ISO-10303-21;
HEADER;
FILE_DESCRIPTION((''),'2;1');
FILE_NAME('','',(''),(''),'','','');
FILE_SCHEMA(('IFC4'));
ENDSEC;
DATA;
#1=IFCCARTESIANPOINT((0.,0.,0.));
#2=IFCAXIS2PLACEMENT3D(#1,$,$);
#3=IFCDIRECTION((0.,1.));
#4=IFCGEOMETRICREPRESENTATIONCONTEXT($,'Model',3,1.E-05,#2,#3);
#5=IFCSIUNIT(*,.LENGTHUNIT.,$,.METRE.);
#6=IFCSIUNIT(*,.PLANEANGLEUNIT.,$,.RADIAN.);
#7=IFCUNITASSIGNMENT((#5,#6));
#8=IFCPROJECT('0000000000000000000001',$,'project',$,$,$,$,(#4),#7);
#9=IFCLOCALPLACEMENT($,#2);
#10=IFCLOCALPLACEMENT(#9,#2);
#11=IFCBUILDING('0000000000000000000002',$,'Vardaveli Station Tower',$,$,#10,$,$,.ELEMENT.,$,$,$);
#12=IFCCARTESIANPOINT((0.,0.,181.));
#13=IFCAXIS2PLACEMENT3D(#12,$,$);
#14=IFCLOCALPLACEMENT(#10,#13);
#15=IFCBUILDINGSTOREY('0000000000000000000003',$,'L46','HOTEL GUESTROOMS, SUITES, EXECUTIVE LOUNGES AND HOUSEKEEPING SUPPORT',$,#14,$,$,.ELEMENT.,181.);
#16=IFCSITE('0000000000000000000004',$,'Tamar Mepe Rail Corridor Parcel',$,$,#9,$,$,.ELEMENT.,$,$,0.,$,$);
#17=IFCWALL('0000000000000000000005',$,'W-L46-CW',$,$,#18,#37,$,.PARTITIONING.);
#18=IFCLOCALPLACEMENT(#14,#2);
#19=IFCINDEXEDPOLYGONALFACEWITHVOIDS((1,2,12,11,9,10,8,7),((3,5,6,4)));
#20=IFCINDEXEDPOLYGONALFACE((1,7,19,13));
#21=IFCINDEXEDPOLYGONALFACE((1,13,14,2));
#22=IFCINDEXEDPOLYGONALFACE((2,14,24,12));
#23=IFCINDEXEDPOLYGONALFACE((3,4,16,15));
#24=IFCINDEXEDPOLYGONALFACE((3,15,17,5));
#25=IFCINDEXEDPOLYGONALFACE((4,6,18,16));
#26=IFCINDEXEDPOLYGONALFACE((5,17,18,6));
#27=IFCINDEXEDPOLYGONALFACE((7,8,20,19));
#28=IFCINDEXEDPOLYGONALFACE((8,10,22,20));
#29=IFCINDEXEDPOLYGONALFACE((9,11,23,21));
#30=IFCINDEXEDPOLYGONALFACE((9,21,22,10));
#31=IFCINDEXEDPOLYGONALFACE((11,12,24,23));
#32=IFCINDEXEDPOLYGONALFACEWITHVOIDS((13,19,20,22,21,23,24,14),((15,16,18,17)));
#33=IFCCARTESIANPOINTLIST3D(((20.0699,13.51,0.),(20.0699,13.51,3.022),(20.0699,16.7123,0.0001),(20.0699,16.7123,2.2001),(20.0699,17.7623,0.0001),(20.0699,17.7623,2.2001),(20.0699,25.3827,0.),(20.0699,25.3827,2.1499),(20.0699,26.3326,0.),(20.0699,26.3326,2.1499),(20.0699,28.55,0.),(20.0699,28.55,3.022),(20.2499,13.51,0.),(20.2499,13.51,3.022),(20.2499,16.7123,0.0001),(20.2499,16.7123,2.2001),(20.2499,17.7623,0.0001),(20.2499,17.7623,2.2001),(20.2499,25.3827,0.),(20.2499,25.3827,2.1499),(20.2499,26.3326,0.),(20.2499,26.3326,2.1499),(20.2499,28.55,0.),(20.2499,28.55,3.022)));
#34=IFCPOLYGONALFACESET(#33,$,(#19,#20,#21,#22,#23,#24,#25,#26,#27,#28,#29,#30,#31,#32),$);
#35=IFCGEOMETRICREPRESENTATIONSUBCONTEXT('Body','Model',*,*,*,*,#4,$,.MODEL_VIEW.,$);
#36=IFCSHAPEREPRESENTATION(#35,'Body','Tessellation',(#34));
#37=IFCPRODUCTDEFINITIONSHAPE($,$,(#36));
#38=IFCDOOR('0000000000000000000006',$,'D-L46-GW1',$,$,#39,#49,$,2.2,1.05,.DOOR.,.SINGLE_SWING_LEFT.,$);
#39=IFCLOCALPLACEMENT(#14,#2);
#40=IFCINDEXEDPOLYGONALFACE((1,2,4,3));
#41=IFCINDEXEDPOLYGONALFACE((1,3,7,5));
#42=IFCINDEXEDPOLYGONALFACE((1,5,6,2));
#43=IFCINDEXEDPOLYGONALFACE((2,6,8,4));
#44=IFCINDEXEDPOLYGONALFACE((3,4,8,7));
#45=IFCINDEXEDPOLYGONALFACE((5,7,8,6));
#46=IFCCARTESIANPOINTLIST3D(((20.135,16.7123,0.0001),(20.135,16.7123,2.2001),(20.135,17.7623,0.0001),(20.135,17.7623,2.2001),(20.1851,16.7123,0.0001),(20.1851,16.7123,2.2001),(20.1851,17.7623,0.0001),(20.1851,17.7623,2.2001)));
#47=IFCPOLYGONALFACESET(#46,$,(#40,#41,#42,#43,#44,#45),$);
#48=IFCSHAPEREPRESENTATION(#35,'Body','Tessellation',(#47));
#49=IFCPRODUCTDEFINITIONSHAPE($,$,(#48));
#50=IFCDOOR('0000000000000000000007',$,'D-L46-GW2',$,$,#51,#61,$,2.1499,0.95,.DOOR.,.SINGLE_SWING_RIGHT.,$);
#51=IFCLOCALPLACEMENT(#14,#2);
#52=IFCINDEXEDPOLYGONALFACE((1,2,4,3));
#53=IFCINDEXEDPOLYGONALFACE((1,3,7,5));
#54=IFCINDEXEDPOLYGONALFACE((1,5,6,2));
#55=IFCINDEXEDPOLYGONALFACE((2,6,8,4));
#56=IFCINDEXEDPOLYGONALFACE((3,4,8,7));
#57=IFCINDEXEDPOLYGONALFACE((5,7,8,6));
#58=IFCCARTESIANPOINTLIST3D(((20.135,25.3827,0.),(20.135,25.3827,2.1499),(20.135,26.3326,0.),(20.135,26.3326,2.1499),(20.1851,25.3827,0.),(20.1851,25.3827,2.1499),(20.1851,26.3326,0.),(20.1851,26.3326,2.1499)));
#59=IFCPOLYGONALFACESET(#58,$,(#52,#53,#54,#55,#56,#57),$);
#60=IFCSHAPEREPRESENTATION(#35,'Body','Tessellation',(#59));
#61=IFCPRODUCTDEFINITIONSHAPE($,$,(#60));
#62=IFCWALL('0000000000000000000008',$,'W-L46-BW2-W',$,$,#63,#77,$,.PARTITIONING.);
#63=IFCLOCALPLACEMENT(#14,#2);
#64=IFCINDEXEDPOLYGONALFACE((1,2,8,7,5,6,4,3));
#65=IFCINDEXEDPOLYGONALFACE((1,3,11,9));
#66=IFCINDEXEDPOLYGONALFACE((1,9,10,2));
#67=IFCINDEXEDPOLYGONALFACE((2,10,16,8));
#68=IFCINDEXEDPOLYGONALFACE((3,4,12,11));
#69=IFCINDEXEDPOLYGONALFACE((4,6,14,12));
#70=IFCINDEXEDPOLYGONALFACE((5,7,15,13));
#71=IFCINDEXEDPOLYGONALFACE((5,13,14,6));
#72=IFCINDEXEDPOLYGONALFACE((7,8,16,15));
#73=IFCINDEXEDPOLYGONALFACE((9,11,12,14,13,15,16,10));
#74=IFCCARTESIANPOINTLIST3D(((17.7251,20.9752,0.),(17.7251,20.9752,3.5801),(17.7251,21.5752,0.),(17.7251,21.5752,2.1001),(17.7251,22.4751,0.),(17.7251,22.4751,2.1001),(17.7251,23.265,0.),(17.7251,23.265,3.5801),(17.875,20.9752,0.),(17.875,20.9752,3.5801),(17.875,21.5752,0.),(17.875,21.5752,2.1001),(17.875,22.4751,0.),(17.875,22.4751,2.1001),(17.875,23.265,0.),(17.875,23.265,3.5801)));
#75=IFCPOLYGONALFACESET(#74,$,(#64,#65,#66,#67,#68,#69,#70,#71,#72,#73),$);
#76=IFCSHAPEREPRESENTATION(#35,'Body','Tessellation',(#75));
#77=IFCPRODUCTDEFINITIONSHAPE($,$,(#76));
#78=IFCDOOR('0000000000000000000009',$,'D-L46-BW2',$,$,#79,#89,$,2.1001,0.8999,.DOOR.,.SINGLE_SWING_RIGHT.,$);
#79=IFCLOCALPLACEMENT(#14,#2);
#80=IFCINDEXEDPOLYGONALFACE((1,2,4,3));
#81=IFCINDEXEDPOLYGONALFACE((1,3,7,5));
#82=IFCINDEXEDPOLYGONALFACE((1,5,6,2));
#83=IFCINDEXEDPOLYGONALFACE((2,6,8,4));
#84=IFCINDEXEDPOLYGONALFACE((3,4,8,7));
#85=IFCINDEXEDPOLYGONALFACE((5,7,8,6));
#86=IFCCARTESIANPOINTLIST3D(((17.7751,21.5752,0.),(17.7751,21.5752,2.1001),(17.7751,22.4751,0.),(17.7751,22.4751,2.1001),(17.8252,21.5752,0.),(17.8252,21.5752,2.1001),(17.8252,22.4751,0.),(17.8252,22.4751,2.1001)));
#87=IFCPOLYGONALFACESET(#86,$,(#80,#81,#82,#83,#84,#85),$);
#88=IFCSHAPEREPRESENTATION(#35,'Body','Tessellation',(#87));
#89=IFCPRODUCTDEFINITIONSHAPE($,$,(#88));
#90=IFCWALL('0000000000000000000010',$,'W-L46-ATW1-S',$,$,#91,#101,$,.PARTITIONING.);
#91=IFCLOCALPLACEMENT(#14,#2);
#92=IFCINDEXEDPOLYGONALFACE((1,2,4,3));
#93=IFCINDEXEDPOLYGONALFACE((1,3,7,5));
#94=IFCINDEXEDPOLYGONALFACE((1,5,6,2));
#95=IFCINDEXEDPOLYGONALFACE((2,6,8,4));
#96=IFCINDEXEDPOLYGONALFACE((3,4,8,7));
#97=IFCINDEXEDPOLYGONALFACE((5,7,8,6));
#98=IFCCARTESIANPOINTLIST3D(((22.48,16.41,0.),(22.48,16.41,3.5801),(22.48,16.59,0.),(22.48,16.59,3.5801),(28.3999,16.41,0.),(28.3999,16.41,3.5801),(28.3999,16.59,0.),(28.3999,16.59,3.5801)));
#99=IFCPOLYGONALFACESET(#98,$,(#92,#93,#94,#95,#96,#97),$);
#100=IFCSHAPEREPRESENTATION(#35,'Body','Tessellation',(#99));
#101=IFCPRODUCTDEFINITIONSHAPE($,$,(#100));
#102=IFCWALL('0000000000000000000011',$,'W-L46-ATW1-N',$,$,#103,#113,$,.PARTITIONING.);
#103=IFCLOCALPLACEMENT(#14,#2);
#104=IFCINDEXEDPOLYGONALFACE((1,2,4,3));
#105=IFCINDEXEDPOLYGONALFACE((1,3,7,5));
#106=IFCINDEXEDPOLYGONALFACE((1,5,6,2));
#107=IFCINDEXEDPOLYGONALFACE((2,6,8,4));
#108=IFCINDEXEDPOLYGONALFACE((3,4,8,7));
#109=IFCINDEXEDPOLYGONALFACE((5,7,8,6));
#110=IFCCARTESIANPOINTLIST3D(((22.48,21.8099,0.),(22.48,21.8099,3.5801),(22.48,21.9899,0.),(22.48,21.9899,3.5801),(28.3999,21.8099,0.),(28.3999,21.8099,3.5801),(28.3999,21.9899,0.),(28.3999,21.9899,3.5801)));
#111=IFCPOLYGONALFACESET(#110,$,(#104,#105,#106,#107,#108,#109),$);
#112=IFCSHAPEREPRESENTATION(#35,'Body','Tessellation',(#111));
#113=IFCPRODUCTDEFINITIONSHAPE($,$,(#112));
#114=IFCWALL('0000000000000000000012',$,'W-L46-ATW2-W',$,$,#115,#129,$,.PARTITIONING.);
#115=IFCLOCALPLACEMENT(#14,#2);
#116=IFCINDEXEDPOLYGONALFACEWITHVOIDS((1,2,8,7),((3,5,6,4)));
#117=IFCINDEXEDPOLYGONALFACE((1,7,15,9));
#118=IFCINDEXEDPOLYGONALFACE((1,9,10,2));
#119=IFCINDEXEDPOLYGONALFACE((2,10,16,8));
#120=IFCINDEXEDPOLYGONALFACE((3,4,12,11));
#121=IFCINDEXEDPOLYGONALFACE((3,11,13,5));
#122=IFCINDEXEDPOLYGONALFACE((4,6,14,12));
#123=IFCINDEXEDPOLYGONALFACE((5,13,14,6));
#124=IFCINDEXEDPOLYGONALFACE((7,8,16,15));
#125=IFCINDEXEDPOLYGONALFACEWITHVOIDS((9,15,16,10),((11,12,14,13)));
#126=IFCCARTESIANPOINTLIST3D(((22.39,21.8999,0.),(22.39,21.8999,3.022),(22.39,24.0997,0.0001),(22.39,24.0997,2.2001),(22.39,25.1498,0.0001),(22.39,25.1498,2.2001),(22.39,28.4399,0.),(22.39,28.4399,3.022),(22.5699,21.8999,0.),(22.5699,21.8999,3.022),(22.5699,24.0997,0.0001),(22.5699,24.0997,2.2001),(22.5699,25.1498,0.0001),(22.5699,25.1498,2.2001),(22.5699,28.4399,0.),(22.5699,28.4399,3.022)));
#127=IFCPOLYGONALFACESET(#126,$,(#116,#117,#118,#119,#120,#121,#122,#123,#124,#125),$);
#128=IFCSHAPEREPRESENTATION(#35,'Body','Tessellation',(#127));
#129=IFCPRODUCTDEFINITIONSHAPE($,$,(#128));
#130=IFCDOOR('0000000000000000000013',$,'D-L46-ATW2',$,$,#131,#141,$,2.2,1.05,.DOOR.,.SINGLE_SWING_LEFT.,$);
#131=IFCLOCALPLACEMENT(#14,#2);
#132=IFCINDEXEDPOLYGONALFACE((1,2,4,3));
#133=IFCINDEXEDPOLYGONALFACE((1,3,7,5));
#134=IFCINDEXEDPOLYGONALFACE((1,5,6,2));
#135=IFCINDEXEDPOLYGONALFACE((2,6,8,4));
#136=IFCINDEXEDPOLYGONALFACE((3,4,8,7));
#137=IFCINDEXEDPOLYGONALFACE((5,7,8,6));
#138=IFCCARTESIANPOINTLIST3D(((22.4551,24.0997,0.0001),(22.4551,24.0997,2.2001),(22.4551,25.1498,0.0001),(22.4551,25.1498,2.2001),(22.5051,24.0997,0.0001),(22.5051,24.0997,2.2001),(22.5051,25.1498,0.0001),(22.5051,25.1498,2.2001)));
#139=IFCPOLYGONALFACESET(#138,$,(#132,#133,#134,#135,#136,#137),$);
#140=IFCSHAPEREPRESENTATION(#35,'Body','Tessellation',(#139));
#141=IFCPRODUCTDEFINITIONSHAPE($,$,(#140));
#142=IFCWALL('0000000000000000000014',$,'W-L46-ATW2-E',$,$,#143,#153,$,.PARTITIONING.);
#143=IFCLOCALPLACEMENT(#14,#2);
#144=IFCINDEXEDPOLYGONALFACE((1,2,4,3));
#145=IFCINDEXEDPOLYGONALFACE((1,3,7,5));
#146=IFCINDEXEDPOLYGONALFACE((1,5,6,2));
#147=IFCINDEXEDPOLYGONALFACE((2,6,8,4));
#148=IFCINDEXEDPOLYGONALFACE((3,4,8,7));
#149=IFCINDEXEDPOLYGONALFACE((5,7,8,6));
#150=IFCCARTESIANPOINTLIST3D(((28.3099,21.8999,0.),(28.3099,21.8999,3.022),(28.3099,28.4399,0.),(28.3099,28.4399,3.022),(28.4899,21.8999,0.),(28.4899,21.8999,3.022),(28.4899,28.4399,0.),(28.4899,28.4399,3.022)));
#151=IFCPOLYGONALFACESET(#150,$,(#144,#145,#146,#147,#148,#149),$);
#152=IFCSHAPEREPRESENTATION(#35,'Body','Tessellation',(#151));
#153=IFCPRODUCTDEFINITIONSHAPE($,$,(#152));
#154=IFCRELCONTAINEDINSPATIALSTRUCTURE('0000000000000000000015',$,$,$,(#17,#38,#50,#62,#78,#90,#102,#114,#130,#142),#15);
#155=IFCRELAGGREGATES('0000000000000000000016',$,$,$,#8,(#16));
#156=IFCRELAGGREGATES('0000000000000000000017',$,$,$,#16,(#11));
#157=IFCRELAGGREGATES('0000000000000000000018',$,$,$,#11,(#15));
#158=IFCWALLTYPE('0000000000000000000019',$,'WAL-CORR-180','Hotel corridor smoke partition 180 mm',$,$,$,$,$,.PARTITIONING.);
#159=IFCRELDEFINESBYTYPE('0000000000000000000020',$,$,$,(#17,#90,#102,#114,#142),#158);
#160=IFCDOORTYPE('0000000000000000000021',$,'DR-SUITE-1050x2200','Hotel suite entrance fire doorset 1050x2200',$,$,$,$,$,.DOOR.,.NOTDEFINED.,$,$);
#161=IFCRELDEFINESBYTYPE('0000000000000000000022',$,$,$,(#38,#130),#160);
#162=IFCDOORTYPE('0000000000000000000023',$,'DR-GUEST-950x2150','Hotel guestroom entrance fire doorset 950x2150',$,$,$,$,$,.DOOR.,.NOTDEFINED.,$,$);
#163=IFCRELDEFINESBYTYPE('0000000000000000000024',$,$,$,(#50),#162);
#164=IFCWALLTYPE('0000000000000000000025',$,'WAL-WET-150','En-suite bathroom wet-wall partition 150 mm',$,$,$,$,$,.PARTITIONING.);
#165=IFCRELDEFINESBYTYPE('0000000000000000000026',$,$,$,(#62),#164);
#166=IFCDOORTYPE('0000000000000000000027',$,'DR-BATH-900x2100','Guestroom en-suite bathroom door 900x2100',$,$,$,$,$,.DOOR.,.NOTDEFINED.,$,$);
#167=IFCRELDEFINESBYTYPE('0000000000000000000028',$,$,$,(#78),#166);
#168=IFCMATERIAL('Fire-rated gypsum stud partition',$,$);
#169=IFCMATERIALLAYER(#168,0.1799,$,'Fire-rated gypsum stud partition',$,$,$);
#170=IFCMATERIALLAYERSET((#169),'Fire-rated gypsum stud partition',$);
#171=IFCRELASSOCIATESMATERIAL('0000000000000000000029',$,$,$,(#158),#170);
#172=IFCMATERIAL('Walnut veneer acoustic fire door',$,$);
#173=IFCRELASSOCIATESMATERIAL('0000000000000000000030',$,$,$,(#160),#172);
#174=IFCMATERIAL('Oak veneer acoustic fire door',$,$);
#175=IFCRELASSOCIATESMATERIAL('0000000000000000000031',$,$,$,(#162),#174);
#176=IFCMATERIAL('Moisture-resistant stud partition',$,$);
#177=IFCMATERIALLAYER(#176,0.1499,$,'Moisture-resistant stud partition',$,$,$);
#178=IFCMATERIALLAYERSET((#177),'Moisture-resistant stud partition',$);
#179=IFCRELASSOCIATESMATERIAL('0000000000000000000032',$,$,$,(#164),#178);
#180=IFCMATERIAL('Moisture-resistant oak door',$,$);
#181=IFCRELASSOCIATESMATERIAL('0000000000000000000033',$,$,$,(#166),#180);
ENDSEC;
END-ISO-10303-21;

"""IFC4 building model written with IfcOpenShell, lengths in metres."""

from ifc_helpers import new_model, si_unit, direction, frame, frame_2d, origin, place, context, subcontext, project, spatial, rectangle, extrude, source, transform, mapped, material, layer, layer_set, type_object, element, fill, save


model = new_model("IFC4")

# Units and contexts
model_context = context("Model", 3, precision=1e-05, world=origin(), true_north=direction((0.0, 1.0)))
body_context = subcontext(model_context, "Body", "Model", "MODEL_VIEW")
ifc_project = project(units=[si_unit("LENGTHUNIT", "METRE"), si_unit("PLANEANGLEUNIT", "RADIAN")], contexts=[model_context])

# Site, building, storey
site_placement = place(None, origin())
site = spatial("IfcSite", under=ifc_project, at=site_placement, Name="Tamar Mepe Rail Corridor Parcel", CompositionType="ELEMENT", RefElevation=0.0)
building_placement = place(site_placement, origin())
building = spatial("IfcBuilding", under=site, at=building_placement, Name="Vardaveli Station Tower", CompositionType="ELEMENT")
storey_placement = place(building_placement, frame((0.0, 0.0, 181.0)))
storey = spatial("IfcBuildingStorey", under=building, at=storey_placement, Name="L46", Description="HOTEL GUESTROOMS, SUITES, EXECUTIVE LOUNGES AND HOUSEKEEPING SUPPORT", CompositionType="ELEMENT", Elevation=181.0)

# Wall, openings, doors
ifc_material_1 = material(Name="Fire-rated gypsum stud partition")
ifc_layer_1 = layer(ifc_material_1, 0.1799, Name="Fire-rated gypsum stud partition")
ifc_layer_set_1 = layer_set([ifc_layer_1], Name="Fire-rated gypsum stud partition")
wall_type_1 = type_object("IfcWallType", Name="WAL-CORR-180", Description="Hotel corridor smoke partition 180 mm", PredefinedType="PARTITIONING", material=ifc_layer_set_1)
shared_shape_1 = source(origin(), body_context, "Body", "SweptSolid", [
    extrude(rectangle(XDim=15.04, YDim=0.1799, at=frame_2d((7.52, 0.0))), origin(), (0.0, 0.0, 1.0), 3.022),
])
wall_1_placement = place(storey_placement, frame((20.1599, 13.51, 0.0), z_axis=(0.0, 0.0, 1.0), x_axis=(0.0, 1.0, 0.0)))
wall_1 = element("IfcWall", 1, at=wall_1_placement, inside=storey, type_object=wall_type_1, Name="W-L46-CW", PredefinedType="PARTITIONING", context=body_context, shape_type="MappedRepresentation", body=[
    mapped(shared_shape_1, transform((0.0, 0.0, 0.0), scale=1.0)),
])
shared_shape_2 = source(origin(), body_context, "Body", "SweptSolid", [
    extrude(rectangle(XDim=1.05, YDim=2.2, at=frame_2d((0.5249, 1.1001))), frame((0.0, 0.1001, 0.0), z_axis=(0.0, -1.0, 0.0), x_axis=(1.0, 0.0, 0.0)), (0.0, 0.0, 1.0), 0.2),
])
opening_1_placement = place(wall_1_placement, frame((3.2024, 0.0, 0.0)))
opening_1 = element("IfcOpeningElement", 2, at=opening_1_placement, cuts=wall_1, PredefinedType="OPENING", context=body_context, shape_type="MappedRepresentation", body=[
    mapped(shared_shape_2, transform((0.0, 0.0, 0.0), scale=1.0)),
])
shared_shape_3 = source(origin(), body_context, "Body", "SweptSolid", [
    extrude(rectangle(XDim=0.95, YDim=2.1499, at=frame_2d((0.4751, 1.075))), frame((0.0, 0.1001, 0.0), z_axis=(0.0, -1.0, 0.0), x_axis=(1.0, 0.0, 0.0)), (0.0, 0.0, 1.0), 0.2),
])
opening_2_placement = place(wall_1_placement, frame((11.8726, 0.0, 0.0)))
opening_2 = element("IfcOpeningElement", 3, at=opening_2_placement, cuts=wall_1, PredefinedType="OPENING", context=body_context, shape_type="MappedRepresentation", body=[
    mapped(shared_shape_3, transform((0.0, 0.0, 0.0), scale=1.0)),
])
ifc_material_2 = material(Name="Walnut veneer acoustic fire door")
door_type_1 = type_object("IfcDoorType", Name="DR-SUITE-1050x2200", Description="Hotel suite entrance fire doorset 1050x2200", OperationType="NOTDEFINED", PredefinedType="DOOR", material=ifc_material_2)
shared_shape_4 = source(origin(), body_context, "Body", "SweptSolid", [
    extrude(rectangle(XDim=1.05, YDim=2.2, at=frame_2d((0.5249, 1.1001))), frame((0.0, 0.0249, 0.0), z_axis=(0.0, -1.0, 0.0), x_axis=(1.0, 0.0, 0.0)), (0.0, 0.0, 1.0), 0.05),
])
door_1_placement = place(opening_1_placement, origin())
door_1 = element("IfcDoor", 4, at=door_1_placement, inside=storey, type_object=door_type_1, Name="D-L46-GW1", OperationType="SINGLE_SWING_LEFT", OverallHeight=2.2, OverallWidth=1.05, PredefinedType="DOOR", context=body_context, shape_type="MappedRepresentation", body=[
    mapped(shared_shape_4, transform((0.0, 0.0, 0.0), scale=1.0)),
])
fill(opening_1, door_1)
ifc_material_3 = material(Name="Oak veneer acoustic fire door")
door_type_2 = type_object("IfcDoorType", Name="DR-GUEST-950x2150", Description="Hotel guestroom entrance fire doorset 950x2150", OperationType="NOTDEFINED", PredefinedType="DOOR", material=ifc_material_3)
shared_shape_5 = source(origin(), body_context, "Body", "SweptSolid", [
    extrude(rectangle(XDim=0.95, YDim=2.1499, at=frame_2d((0.4751, 1.075))), frame((0.0, 0.0249, 0.0), z_axis=(0.0, -1.0, 0.0), x_axis=(1.0, 0.0, 0.0)), (0.0, 0.0, 1.0), 0.05),
])
door_2_placement = place(opening_2_placement, origin())
door_2 = element("IfcDoor", 5, at=door_2_placement, inside=storey, type_object=door_type_2, Name="D-L46-GW2", OperationType="SINGLE_SWING_RIGHT", OverallHeight=2.1499, OverallWidth=0.95, PredefinedType="DOOR", context=body_context, shape_type="MappedRepresentation", body=[
    mapped(shared_shape_5, transform((0.0, 0.0, 0.0), scale=1.0)),
])
fill(opening_2, door_2)

# Wall, opening, door
ifc_material_4 = material(Name="Moisture-resistant stud partition")
ifc_layer_2 = layer(ifc_material_4, 0.1499, Name="Moisture-resistant stud partition")
ifc_layer_set_2 = layer_set([ifc_layer_2], Name="Moisture-resistant stud partition")
wall_type_2 = type_object("IfcWallType", Name="WAL-WET-150", Description="En-suite bathroom wet-wall partition 150 mm", PredefinedType="PARTITIONING", material=ifc_layer_set_2)
shared_shape_6 = source(origin(), body_context, "Body", "SweptSolid", [
    extrude(rectangle(XDim=2.2898, YDim=0.1499, at=frame_2d((1.145, 0.0))), origin(), (0.0, 0.0, 1.0), 3.5801),
])
wall_2_placement = place(storey_placement, frame((17.8, 20.9751, 0.0), z_axis=(0.0, 0.0, 1.0), x_axis=(0.0, 1.0, 0.0)))
wall_2 = element("IfcWall", 6, at=wall_2_placement, inside=storey, type_object=wall_type_2, Name="W-L46-BW2-W", PredefinedType="PARTITIONING", context=body_context, shape_type="MappedRepresentation", body=[
    mapped(shared_shape_6, transform((0.0, 0.0, 0.0), scale=1.0)),
])
shared_shape_7 = source(origin(), body_context, "Body", "SweptSolid", [
    extrude(rectangle(XDim=0.8999, YDim=2.1001, at=frame_2d((0.45, 1.05))), frame((0.0, 0.085, 0.0), z_axis=(0.0, -1.0, 0.0), x_axis=(1.0, 0.0, 0.0)), (0.0, 0.0, 1.0), 0.1699),
])
opening_3_placement = place(wall_2_placement, frame((0.6001, 0.0, 0.0)))
opening_3 = element("IfcOpeningElement", 7, at=opening_3_placement, cuts=wall_2, PredefinedType="OPENING", context=body_context, shape_type="MappedRepresentation", body=[
    mapped(shared_shape_7, transform((0.0, 0.0, 0.0), scale=1.0)),
])
ifc_material_5 = material(Name="Moisture-resistant oak door")
door_type_3 = type_object("IfcDoorType", Name="DR-BATH-900x2100", Description="Guestroom en-suite bathroom door 900x2100", OperationType="NOTDEFINED", PredefinedType="DOOR", material=ifc_material_5)
shared_shape_8 = source(origin(), body_context, "Body", "SweptSolid", [
    extrude(rectangle(XDim=0.8999, YDim=2.1001, at=frame_2d((0.45, 1.05))), frame((0.0, 0.0249, 0.0), z_axis=(0.0, -1.0, 0.0), x_axis=(1.0, 0.0, 0.0)), (0.0, 0.0, 1.0), 0.05),
])
door_3_placement = place(opening_3_placement, origin())
door_3 = element("IfcDoor", 8, at=door_3_placement, inside=storey, type_object=door_type_3, Name="D-L46-BW2", OperationType="SINGLE_SWING_RIGHT", OverallHeight=2.1001, OverallWidth=0.8999, PredefinedType="DOOR", context=body_context, shape_type="MappedRepresentation", body=[
    mapped(shared_shape_8, transform((0.0, 0.0, 0.0), scale=1.0)),
])
fill(opening_3, door_3)

# Walls
shared_shape_9 = source(origin(), body_context, "Body", "SweptSolid", [
    extrude(rectangle(XDim=5.9199, YDim=0.1799, at=frame_2d((2.96, 0.0))), origin(), (0.0, 0.0, 1.0), 3.5801),
])
for number, where, z_axis, x_axis, name in (
    (9, (22.48, 16.5, 0.0), (0.0, 0.0, 1.0), (1.0, 0.0, 0.0), "W-L46-ATW1-S"),
    (10, (22.48, 21.8999, 0.0), (0.0, 0.0, 1.0), (1.0, 0.0, 0.0), "W-L46-ATW1-N"),
):
    element("IfcWall", number, at=place(storey_placement, frame(where, z_axis=z_axis, x_axis=x_axis)), inside=storey, type_object=wall_type_1, Name=name, PredefinedType="PARTITIONING", context=body_context, shape_type="MappedRepresentation", body=[
        mapped(shared_shape_9, transform((0.0, 0.0, 0.0), scale=1.0)),
    ])

# Wall, opening, door
shared_shape_10 = source(origin(), body_context, "Body", "SweptSolid", [
    extrude(rectangle(XDim=6.54, YDim=0.1799, at=frame_2d((3.27, 0.0))), origin(), (0.0, 0.0, 1.0), 3.022),
])
wall_3_placement = place(storey_placement, frame((22.48, 21.8999, 0.0), z_axis=(0.0, 0.0, 1.0), x_axis=(0.0, 1.0, 0.0)))
wall_3 = element("IfcWall", 11, at=wall_3_placement, inside=storey, type_object=wall_type_1, Name="W-L46-ATW2-W", PredefinedType="PARTITIONING", context=body_context, shape_type="MappedRepresentation", body=[
    mapped(shared_shape_10, transform((0.0, 0.0, 0.0), scale=1.0)),
])
opening_4_placement = place(wall_3_placement, frame((2.2, 0.0, 0.0)))
opening_4 = element("IfcOpeningElement", 12, at=opening_4_placement, cuts=wall_3, PredefinedType="OPENING", context=body_context, shape_type="MappedRepresentation", body=[
    mapped(shared_shape_2, transform((0.0, 0.0, 0.0), scale=1.0)),
])
door_4_placement = place(opening_4_placement, origin())
door_4 = element("IfcDoor", 13, at=door_4_placement, inside=storey, type_object=door_type_1, Name="D-L46-ATW2", OperationType="SINGLE_SWING_LEFT", OverallHeight=2.2, OverallWidth=1.05, PredefinedType="DOOR", context=body_context, shape_type="MappedRepresentation", body=[
    mapped(shared_shape_4, transform((0.0, 0.0, 0.0), scale=1.0)),
])
fill(opening_4, door_4)

# Wall
wall_4_placement = place(storey_placement, frame((28.3999, 21.8999, 0.0), z_axis=(0.0, 0.0, 1.0), x_axis=(0.0, 1.0, 0.0)))
element("IfcWall", 14, at=wall_4_placement, inside=storey, type_object=wall_type_1, Name="W-L46-ATW2-E", PredefinedType="PARTITIONING", context=body_context, shape_type="MappedRepresentation", body=[
    mapped(shared_shape_10, transform((0.0, 0.0, 0.0), scale=1.0)),
])

save(model, "model.ifc")
